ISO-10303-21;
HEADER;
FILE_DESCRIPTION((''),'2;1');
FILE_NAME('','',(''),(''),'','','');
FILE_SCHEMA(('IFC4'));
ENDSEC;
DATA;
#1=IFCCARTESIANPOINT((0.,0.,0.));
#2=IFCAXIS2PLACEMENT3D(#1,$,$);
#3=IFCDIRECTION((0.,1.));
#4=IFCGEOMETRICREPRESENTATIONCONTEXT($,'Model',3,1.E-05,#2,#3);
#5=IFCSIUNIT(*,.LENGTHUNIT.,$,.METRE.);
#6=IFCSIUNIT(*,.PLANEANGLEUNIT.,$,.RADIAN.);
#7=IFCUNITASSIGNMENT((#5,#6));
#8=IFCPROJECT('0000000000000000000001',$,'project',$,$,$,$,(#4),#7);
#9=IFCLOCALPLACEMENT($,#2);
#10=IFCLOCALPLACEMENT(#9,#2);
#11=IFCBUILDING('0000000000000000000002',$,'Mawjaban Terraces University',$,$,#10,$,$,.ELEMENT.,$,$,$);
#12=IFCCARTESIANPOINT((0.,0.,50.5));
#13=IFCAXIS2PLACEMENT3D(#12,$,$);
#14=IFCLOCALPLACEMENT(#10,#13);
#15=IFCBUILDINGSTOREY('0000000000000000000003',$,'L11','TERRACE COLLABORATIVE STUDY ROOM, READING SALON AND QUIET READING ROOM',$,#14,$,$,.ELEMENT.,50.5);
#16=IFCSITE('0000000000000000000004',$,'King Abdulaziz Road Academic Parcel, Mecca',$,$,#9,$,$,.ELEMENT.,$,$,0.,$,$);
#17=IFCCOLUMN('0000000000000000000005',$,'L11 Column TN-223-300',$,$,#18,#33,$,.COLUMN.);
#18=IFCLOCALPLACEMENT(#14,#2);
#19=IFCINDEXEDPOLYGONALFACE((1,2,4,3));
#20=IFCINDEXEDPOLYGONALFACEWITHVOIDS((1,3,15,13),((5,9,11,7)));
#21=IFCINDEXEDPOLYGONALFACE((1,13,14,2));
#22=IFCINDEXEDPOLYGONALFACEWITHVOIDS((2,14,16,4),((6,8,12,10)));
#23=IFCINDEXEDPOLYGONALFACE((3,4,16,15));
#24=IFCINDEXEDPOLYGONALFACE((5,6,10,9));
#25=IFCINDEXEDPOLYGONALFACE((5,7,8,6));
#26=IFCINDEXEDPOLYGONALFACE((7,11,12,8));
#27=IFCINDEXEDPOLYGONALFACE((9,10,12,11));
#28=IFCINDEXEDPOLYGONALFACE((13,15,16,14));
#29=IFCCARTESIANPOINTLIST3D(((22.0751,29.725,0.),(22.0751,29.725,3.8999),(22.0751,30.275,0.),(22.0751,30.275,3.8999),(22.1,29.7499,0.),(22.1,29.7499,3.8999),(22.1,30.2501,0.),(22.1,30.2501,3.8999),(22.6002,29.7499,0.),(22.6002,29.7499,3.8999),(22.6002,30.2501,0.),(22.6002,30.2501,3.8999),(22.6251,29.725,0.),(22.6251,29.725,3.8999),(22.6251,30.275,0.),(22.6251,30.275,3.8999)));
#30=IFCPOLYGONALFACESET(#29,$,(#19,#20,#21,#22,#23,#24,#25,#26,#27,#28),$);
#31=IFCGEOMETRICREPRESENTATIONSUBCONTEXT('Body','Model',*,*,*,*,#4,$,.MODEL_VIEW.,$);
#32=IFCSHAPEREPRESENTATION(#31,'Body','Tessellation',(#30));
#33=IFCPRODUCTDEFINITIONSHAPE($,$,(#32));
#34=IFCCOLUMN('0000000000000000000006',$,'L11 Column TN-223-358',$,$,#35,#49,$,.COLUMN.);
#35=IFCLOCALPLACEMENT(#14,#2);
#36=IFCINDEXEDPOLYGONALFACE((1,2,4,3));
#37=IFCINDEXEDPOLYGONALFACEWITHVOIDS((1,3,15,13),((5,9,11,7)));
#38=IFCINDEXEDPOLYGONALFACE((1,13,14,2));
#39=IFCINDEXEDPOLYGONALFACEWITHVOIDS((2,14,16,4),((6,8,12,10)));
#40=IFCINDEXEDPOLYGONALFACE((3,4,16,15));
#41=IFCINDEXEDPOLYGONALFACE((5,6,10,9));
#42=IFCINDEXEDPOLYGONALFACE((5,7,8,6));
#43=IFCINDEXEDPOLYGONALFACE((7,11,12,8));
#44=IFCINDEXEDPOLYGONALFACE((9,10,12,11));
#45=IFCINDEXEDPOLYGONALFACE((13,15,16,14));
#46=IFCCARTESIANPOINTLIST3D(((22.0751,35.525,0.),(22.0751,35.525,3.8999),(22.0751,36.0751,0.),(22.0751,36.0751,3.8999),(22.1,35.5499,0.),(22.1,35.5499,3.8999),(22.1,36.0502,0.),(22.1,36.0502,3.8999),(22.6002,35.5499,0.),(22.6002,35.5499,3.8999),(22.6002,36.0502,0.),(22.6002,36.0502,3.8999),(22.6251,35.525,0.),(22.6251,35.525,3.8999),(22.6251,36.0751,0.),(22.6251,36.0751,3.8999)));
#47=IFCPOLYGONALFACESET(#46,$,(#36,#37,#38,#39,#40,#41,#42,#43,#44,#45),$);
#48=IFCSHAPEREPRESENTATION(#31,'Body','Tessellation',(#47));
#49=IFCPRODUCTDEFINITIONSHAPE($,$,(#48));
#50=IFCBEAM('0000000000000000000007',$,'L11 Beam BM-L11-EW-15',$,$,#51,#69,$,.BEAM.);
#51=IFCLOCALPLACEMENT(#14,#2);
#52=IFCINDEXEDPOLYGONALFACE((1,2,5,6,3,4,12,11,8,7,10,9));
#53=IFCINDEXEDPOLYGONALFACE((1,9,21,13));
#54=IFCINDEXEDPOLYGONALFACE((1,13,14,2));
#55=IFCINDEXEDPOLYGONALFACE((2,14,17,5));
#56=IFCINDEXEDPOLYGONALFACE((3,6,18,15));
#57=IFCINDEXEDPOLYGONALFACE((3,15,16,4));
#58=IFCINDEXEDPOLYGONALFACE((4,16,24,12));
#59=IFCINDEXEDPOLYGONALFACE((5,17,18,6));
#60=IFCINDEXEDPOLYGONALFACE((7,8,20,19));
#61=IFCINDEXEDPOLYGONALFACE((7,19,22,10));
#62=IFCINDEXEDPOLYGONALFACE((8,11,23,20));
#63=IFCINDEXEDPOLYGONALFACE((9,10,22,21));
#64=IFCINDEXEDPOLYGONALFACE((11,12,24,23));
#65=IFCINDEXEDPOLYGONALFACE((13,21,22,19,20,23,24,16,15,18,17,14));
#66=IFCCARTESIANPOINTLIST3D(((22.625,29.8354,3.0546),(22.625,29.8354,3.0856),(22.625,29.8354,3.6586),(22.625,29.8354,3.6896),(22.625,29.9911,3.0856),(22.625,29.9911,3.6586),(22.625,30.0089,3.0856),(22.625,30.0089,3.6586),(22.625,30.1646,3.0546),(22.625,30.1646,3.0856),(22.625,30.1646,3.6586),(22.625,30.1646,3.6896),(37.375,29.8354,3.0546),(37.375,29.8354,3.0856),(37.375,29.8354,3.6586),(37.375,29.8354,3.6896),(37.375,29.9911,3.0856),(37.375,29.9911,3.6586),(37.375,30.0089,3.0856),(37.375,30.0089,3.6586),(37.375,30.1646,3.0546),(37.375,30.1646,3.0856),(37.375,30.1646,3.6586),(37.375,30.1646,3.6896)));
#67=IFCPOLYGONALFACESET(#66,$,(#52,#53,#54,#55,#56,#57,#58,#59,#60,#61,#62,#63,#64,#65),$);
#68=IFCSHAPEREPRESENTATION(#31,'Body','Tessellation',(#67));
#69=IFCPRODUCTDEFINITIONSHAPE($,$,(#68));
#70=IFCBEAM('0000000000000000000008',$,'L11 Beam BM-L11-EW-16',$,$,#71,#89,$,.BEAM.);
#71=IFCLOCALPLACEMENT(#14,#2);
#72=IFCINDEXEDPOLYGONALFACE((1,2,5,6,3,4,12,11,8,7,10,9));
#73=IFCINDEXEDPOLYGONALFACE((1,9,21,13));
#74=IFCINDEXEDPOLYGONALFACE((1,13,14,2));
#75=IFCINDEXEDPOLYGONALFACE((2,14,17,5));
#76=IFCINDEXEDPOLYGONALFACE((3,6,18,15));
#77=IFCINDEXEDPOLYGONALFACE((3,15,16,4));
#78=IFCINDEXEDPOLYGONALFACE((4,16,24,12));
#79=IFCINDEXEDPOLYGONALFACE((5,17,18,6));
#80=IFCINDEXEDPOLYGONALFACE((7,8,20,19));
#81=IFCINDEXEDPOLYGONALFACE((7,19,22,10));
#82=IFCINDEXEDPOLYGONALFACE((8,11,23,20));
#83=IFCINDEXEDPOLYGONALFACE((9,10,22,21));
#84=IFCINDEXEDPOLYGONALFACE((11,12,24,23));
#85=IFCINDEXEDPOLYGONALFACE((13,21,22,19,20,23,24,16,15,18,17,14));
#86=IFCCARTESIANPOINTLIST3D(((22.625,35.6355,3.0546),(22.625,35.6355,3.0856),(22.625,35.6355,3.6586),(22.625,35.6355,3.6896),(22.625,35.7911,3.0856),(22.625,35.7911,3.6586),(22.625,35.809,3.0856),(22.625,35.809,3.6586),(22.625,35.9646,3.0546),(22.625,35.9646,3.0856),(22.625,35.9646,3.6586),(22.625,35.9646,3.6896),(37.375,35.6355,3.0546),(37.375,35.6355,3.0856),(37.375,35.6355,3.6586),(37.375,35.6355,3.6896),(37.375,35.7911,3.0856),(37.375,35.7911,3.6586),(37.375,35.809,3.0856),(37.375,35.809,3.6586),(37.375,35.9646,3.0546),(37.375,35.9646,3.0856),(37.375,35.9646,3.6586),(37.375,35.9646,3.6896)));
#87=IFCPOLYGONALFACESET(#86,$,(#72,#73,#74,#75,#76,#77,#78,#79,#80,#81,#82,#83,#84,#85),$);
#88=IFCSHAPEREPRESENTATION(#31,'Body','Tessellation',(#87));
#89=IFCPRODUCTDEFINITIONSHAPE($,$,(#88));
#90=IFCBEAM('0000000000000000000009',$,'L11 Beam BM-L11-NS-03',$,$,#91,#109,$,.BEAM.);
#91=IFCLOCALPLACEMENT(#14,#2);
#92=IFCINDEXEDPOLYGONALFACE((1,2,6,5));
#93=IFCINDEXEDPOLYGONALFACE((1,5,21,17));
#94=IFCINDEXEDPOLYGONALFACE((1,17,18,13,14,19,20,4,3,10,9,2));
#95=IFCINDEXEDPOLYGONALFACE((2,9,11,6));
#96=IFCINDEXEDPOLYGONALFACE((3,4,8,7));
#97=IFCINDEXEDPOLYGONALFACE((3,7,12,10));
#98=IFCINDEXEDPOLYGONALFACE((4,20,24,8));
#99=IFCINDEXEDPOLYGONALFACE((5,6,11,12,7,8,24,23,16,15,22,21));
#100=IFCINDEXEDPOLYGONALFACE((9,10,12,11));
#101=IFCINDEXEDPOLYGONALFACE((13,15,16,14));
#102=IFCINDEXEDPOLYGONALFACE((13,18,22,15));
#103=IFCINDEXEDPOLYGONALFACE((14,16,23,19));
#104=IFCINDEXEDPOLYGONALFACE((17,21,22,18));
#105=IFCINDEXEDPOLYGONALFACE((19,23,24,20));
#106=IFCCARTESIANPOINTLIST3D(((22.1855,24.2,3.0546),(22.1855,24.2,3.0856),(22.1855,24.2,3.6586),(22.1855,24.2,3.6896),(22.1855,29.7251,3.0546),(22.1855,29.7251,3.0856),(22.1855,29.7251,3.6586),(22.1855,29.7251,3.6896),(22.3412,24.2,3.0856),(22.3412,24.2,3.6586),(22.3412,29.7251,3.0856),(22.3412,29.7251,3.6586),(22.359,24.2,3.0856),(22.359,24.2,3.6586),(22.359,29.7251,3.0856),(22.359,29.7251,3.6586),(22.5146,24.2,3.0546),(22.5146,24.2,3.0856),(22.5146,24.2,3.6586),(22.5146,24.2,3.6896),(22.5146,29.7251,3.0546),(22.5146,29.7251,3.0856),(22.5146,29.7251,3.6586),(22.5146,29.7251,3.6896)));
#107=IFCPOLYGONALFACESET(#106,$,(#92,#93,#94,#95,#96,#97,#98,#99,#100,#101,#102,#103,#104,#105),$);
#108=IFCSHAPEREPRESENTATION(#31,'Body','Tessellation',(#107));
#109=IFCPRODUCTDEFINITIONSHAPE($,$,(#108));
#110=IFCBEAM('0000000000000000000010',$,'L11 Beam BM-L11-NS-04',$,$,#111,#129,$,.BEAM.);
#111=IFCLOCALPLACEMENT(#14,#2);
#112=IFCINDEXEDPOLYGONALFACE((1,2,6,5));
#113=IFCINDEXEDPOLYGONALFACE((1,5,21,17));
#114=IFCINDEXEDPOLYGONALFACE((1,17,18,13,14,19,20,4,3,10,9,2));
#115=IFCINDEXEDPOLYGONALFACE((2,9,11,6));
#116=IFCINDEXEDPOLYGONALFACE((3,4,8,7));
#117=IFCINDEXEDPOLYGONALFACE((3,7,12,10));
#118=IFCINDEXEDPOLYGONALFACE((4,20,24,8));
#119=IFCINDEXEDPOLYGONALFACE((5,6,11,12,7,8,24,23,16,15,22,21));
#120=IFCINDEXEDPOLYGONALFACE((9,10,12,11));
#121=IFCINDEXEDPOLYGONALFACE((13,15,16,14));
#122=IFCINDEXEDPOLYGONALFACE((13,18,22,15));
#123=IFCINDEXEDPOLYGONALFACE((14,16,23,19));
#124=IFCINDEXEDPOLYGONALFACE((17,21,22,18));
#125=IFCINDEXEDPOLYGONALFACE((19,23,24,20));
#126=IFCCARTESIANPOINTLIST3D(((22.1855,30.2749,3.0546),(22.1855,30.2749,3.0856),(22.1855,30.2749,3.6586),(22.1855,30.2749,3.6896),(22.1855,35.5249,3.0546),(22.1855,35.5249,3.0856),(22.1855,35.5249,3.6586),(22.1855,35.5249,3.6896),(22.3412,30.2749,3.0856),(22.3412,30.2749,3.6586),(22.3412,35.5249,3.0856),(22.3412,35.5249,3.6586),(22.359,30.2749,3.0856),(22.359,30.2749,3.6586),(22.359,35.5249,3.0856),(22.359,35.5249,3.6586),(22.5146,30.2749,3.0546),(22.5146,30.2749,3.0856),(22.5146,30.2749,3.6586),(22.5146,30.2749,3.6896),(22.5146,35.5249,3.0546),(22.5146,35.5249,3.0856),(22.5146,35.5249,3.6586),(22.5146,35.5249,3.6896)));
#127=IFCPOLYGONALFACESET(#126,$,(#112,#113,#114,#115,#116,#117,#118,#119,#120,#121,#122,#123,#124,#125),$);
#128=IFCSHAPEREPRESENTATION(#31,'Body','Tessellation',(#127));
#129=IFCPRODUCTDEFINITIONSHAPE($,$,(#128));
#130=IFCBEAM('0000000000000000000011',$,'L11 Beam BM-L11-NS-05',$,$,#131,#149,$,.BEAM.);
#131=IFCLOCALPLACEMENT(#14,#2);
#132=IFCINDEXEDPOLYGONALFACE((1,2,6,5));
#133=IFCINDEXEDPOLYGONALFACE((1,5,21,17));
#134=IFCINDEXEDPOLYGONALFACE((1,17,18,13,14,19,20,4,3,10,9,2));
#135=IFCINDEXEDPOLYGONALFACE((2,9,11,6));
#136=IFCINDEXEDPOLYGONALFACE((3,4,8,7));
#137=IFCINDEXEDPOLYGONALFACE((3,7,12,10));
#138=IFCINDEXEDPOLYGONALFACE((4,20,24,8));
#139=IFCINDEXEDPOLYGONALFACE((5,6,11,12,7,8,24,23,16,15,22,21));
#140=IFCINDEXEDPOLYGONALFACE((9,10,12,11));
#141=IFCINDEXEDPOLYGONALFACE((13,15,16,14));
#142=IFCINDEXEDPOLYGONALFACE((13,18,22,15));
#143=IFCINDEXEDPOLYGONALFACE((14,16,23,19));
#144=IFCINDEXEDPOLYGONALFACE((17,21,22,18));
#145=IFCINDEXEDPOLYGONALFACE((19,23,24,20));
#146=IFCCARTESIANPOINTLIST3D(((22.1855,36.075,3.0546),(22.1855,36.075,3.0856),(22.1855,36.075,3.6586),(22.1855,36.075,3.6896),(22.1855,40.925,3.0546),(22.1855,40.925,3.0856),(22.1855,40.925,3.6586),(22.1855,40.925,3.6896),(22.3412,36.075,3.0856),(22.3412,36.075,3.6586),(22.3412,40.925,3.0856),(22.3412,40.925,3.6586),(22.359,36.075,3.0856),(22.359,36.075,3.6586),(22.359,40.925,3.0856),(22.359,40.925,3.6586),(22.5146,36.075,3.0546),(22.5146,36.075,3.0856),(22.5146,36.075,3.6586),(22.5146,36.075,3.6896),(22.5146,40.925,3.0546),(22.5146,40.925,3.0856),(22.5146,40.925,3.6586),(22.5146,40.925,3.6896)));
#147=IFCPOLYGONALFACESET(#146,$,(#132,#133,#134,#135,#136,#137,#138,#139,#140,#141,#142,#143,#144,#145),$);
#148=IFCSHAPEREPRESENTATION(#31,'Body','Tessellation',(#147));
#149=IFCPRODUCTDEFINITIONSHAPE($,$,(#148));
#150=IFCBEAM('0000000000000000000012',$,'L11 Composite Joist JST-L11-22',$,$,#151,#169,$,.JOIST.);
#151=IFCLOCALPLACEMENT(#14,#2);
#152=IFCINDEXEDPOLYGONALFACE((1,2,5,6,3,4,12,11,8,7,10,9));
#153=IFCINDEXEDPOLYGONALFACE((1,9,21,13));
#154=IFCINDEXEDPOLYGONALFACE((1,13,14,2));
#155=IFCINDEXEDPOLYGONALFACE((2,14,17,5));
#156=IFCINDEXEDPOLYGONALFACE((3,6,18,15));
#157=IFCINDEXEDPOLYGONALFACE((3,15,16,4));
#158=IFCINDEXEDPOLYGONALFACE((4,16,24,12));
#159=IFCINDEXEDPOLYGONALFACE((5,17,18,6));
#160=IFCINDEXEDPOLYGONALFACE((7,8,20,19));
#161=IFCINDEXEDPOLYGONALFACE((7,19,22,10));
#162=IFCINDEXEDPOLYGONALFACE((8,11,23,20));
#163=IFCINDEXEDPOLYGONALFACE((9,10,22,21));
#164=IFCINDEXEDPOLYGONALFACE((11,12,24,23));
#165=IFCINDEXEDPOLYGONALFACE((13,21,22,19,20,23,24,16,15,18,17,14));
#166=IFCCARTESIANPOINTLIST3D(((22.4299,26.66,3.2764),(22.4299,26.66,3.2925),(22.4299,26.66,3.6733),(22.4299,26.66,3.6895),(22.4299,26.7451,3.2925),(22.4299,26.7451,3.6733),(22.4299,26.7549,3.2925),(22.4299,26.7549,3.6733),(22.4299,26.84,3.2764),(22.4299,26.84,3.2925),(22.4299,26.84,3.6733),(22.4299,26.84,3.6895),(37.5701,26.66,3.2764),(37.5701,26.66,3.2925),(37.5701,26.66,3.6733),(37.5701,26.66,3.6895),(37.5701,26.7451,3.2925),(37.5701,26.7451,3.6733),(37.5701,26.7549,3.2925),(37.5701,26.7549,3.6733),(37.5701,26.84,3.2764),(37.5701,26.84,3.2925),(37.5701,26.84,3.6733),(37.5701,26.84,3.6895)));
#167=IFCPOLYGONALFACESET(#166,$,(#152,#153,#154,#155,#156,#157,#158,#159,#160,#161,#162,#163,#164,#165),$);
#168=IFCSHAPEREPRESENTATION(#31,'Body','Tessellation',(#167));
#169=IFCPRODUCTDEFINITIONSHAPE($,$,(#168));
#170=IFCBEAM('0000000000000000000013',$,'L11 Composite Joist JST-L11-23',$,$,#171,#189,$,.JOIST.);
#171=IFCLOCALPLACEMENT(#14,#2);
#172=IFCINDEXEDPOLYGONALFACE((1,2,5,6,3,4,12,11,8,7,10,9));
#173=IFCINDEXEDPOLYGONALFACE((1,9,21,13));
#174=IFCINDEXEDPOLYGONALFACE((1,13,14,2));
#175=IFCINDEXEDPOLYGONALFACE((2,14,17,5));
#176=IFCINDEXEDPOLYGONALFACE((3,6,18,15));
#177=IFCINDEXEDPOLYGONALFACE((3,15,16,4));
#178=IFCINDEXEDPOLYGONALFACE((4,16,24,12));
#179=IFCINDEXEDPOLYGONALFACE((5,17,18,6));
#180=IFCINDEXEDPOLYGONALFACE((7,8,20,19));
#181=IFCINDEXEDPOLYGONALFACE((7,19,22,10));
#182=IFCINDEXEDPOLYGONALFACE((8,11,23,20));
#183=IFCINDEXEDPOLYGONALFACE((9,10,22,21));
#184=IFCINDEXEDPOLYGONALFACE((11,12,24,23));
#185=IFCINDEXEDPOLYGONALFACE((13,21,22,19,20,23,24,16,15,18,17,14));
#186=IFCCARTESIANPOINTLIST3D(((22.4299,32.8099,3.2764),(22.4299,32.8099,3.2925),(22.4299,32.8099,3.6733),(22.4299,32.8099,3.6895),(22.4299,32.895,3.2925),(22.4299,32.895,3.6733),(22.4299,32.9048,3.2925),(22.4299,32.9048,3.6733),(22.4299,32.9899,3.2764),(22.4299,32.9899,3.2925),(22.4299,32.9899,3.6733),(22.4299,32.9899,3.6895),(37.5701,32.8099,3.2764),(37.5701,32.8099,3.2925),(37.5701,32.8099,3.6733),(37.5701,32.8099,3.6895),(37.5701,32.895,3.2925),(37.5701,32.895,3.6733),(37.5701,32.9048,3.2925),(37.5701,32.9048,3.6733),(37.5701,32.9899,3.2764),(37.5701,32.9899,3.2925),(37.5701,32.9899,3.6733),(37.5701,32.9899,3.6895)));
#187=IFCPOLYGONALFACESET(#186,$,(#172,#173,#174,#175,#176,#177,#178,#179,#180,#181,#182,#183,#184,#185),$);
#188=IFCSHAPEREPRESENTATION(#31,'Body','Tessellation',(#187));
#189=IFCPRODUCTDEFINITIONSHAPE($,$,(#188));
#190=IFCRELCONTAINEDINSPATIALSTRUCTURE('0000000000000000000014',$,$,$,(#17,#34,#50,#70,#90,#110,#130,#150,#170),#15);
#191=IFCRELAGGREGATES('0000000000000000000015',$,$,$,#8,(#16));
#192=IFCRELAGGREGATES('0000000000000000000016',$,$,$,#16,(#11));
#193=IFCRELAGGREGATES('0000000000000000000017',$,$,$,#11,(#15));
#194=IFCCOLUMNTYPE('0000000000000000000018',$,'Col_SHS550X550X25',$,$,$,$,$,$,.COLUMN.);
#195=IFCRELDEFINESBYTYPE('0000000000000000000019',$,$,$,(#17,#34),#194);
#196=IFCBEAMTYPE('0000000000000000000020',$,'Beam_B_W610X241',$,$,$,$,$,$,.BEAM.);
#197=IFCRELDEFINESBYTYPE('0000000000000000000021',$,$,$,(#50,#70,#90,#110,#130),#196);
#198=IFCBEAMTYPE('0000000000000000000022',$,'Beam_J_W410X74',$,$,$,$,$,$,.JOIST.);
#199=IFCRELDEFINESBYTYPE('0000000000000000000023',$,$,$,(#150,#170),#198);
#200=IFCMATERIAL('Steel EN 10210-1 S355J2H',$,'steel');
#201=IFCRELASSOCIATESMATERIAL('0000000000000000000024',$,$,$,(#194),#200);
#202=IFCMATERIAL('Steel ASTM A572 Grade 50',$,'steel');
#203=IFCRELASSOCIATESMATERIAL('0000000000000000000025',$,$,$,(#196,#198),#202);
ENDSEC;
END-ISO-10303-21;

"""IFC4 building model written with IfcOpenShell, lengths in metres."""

from ifc_helpers import new_model, si_unit, direction, frame, origin, origin_2d, place, context, subcontext, project, spatial, hollow_rectangle, i_section, extrude, material, material_profile, profile_set, type_object, element, save


model = new_model("IFC4")

# Units and contexts
model_context = context("Model", 3, precision=1e-05, world=origin(), true_north=direction((0.0, 1.0)))
body_context = subcontext(model_context, "Body", "Model", "MODEL_VIEW")
ifc_project = project(units=[si_unit("LENGTHUNIT", "METRE"), si_unit("PLANEANGLEUNIT", "RADIAN")], contexts=[model_context])

# Site, building, storey
site_placement = place(None, origin())
site = spatial("IfcSite", under=ifc_project, at=site_placement, Name="King Abdulaziz Road Academic Parcel, Mecca", CompositionType="ELEMENT", RefElevation=0.0)
building_placement = place(site_placement, origin())
building = spatial("IfcBuilding", under=site, at=building_placement, Name="Mawjaban Terraces University", CompositionType="ELEMENT")
storey_placement = place(building_placement, frame((0.0, 0.0, 50.5)))
storey = spatial("IfcBuildingStorey", under=building, at=storey_placement, Name="L11", Description="TERRACE COLLABORATIVE STUDY ROOM, READING SALON AND QUIET READING ROOM", CompositionType="ELEMENT", Elevation=50.5)

# Columns
ifc_material_1 = material(Name="Steel EN 10210-1 S355J2H", Category="steel")
ifc_material_profile_1 = material_profile(ifc_material_1, hollow_rectangle(XDim=0.55, YDim=0.55, WallThickness=0.0249, at=origin_2d()), Name="SHS550X550X25")
ifc_profile_set_1 = profile_set([ifc_material_profile_1], Name="Steel EN 10210-1 S355J2H")
column_type = type_object("IfcColumnType", Name="Col_SHS550X550X25", PredefinedType="COLUMN", material=ifc_profile_set_1)
for number, where, z_axis, x_axis, name in (
    (1, (22.3501, 30.0, 0.0), (0.0, 0.0, 1.0), (1.0, 0.0, 0.0), "L11 Column TN-223-300"),
    (2, (22.3501, 35.8, 0.0), (0.0, 0.0, 1.0), (1.0, 0.0, 0.0), "L11 Column TN-223-358"),
):
    element("IfcColumn", number, at=place(storey_placement, frame(where, z_axis=z_axis, x_axis=x_axis)), inside=storey, type_object=column_type, Name=name, PredefinedType="COLUMN", context=body_context, shape_type="SweptSolid", body=[
        extrude(hollow_rectangle(XDim=0.55, YDim=0.55, WallThickness=0.0249, at=origin_2d()), origin(), (0.0, 0.0, 1.0), 3.8999),
    ])

# Beams
ifc_material_2 = material(Name="Steel ASTM A572 Grade 50", Category="steel")
ifc_material_profile_2 = material_profile(ifc_material_2, i_section(OverallWidth=0.3291, OverallDepth=0.635, WebThickness=0.0178, FlangeThickness=0.031, at=origin_2d()), Name="W610X241")
ifc_profile_set_2 = profile_set([ifc_material_profile_2], Name="Steel ASTM A572 Grade 50")
beam_type_1 = type_object("IfcBeamType", Name="Beam_B_W610X241", PredefinedType="BEAM", material=ifc_profile_set_2)
for number, where, z_axis, x_axis, name in (
    (3, (22.625, 30.0, 3.3721), (1.0, 0.0, 0.0), (0.0, 1.0, 0.0), "L11 Beam BM-L11-EW-15"),
    (4, (22.625, 35.8, 3.3721), (1.0, 0.0, 0.0), (0.0, 1.0, 0.0), "L11 Beam BM-L11-EW-16"),
):
    element("IfcBeam", number, at=place(storey_placement, frame(where, z_axis=z_axis, x_axis=x_axis)), inside=storey, type_object=beam_type_1, Name=name, PredefinedType="BEAM", context=body_context, shape_type="SweptSolid", body=[
        extrude(i_section(OverallWidth=0.3291, OverallDepth=0.635, WebThickness=0.0178, FlangeThickness=0.031, at=origin_2d()), origin(), (0.0, 0.0, 1.0), 14.75),
    ])
beam_1_placement = place(storey_placement, frame((22.3501, 24.2, 3.3721), z_axis=(0.0, 1.0, 0.0), x_axis=(-1.0, 0.0, 0.0)))
element("IfcBeam", 5, at=beam_1_placement, inside=storey, type_object=beam_type_1, Name="L11 Beam BM-L11-NS-03", PredefinedType="BEAM", context=body_context, shape_type="SweptSolid", body=[
    extrude(i_section(OverallWidth=0.3291, OverallDepth=0.635, WebThickness=0.0178, FlangeThickness=0.031, at=origin_2d()), origin(), (0.0, 0.0, 1.0), 5.5251),
])
beam_2_placement = place(storey_placement, frame((22.3501, 30.2749, 3.3721), z_axis=(0.0, 1.0, 0.0), x_axis=(-1.0, 0.0, 0.0)))
element("IfcBeam", 6, at=beam_2_placement, inside=storey, type_object=beam_type_1, Name="L11 Beam BM-L11-NS-04", PredefinedType="BEAM", context=body_context, shape_type="SweptSolid", body=[
    extrude(i_section(OverallWidth=0.3291, OverallDepth=0.635, WebThickness=0.0178, FlangeThickness=0.031, at=origin_2d()), origin(), (0.0, 0.0, 1.0), 5.25),
])
beam_3_placement = place(storey_placement, frame((22.3501, 36.075, 3.3721), z_axis=(0.0, 1.0, 0.0), x_axis=(-1.0, 0.0, 0.0)))
element("IfcBeam", 7, at=beam_3_placement, inside=storey, type_object=beam_type_1, Name="L11 Beam BM-L11-NS-05", PredefinedType="BEAM", context=body_context, shape_type="SweptSolid", body=[
    extrude(i_section(OverallWidth=0.3291, OverallDepth=0.635, WebThickness=0.0178, FlangeThickness=0.031, at=origin_2d()), origin(), (0.0, 0.0, 1.0), 4.8501),
])
ifc_material_profile_3 = material_profile(ifc_material_2, i_section(OverallWidth=0.1799, OverallDepth=0.4131, WebThickness=0.0098, FlangeThickness=0.0161, at=origin_2d()), Name="W410X74")
ifc_profile_set_3 = profile_set([ifc_material_profile_3], Name="Steel ASTM A572 Grade 50")
beam_type_2 = type_object("IfcBeamType", Name="Beam_J_W410X74", PredefinedType="JOIST", material=ifc_profile_set_3)
for number, where, z_axis, x_axis, name in (
    (8, (22.4299, 26.75, 3.4829), (1.0, 0.0, 0.0), (0.0, 1.0, 0.0), "L11 Composite Joist JST-L11-22"),
    (9, (22.4299, 32.8999, 3.4829), (1.0, 0.0, 0.0), (0.0, 1.0, 0.0), "L11 Composite Joist JST-L11-23"),
):
    element("IfcBeam", number, at=place(storey_placement, frame(where, z_axis=z_axis, x_axis=x_axis)), inside=storey, type_object=beam_type_2, Name=name, PredefinedType="JOIST", context=body_context, shape_type="SweptSolid", body=[
        extrude(i_section(OverallWidth=0.1799, OverallDepth=0.4131, WebThickness=0.0098, FlangeThickness=0.0161, at=origin_2d()), origin(), (0.0, 0.0, 1.0), 15.1401),
    ])

save(model, "model.ifc")
